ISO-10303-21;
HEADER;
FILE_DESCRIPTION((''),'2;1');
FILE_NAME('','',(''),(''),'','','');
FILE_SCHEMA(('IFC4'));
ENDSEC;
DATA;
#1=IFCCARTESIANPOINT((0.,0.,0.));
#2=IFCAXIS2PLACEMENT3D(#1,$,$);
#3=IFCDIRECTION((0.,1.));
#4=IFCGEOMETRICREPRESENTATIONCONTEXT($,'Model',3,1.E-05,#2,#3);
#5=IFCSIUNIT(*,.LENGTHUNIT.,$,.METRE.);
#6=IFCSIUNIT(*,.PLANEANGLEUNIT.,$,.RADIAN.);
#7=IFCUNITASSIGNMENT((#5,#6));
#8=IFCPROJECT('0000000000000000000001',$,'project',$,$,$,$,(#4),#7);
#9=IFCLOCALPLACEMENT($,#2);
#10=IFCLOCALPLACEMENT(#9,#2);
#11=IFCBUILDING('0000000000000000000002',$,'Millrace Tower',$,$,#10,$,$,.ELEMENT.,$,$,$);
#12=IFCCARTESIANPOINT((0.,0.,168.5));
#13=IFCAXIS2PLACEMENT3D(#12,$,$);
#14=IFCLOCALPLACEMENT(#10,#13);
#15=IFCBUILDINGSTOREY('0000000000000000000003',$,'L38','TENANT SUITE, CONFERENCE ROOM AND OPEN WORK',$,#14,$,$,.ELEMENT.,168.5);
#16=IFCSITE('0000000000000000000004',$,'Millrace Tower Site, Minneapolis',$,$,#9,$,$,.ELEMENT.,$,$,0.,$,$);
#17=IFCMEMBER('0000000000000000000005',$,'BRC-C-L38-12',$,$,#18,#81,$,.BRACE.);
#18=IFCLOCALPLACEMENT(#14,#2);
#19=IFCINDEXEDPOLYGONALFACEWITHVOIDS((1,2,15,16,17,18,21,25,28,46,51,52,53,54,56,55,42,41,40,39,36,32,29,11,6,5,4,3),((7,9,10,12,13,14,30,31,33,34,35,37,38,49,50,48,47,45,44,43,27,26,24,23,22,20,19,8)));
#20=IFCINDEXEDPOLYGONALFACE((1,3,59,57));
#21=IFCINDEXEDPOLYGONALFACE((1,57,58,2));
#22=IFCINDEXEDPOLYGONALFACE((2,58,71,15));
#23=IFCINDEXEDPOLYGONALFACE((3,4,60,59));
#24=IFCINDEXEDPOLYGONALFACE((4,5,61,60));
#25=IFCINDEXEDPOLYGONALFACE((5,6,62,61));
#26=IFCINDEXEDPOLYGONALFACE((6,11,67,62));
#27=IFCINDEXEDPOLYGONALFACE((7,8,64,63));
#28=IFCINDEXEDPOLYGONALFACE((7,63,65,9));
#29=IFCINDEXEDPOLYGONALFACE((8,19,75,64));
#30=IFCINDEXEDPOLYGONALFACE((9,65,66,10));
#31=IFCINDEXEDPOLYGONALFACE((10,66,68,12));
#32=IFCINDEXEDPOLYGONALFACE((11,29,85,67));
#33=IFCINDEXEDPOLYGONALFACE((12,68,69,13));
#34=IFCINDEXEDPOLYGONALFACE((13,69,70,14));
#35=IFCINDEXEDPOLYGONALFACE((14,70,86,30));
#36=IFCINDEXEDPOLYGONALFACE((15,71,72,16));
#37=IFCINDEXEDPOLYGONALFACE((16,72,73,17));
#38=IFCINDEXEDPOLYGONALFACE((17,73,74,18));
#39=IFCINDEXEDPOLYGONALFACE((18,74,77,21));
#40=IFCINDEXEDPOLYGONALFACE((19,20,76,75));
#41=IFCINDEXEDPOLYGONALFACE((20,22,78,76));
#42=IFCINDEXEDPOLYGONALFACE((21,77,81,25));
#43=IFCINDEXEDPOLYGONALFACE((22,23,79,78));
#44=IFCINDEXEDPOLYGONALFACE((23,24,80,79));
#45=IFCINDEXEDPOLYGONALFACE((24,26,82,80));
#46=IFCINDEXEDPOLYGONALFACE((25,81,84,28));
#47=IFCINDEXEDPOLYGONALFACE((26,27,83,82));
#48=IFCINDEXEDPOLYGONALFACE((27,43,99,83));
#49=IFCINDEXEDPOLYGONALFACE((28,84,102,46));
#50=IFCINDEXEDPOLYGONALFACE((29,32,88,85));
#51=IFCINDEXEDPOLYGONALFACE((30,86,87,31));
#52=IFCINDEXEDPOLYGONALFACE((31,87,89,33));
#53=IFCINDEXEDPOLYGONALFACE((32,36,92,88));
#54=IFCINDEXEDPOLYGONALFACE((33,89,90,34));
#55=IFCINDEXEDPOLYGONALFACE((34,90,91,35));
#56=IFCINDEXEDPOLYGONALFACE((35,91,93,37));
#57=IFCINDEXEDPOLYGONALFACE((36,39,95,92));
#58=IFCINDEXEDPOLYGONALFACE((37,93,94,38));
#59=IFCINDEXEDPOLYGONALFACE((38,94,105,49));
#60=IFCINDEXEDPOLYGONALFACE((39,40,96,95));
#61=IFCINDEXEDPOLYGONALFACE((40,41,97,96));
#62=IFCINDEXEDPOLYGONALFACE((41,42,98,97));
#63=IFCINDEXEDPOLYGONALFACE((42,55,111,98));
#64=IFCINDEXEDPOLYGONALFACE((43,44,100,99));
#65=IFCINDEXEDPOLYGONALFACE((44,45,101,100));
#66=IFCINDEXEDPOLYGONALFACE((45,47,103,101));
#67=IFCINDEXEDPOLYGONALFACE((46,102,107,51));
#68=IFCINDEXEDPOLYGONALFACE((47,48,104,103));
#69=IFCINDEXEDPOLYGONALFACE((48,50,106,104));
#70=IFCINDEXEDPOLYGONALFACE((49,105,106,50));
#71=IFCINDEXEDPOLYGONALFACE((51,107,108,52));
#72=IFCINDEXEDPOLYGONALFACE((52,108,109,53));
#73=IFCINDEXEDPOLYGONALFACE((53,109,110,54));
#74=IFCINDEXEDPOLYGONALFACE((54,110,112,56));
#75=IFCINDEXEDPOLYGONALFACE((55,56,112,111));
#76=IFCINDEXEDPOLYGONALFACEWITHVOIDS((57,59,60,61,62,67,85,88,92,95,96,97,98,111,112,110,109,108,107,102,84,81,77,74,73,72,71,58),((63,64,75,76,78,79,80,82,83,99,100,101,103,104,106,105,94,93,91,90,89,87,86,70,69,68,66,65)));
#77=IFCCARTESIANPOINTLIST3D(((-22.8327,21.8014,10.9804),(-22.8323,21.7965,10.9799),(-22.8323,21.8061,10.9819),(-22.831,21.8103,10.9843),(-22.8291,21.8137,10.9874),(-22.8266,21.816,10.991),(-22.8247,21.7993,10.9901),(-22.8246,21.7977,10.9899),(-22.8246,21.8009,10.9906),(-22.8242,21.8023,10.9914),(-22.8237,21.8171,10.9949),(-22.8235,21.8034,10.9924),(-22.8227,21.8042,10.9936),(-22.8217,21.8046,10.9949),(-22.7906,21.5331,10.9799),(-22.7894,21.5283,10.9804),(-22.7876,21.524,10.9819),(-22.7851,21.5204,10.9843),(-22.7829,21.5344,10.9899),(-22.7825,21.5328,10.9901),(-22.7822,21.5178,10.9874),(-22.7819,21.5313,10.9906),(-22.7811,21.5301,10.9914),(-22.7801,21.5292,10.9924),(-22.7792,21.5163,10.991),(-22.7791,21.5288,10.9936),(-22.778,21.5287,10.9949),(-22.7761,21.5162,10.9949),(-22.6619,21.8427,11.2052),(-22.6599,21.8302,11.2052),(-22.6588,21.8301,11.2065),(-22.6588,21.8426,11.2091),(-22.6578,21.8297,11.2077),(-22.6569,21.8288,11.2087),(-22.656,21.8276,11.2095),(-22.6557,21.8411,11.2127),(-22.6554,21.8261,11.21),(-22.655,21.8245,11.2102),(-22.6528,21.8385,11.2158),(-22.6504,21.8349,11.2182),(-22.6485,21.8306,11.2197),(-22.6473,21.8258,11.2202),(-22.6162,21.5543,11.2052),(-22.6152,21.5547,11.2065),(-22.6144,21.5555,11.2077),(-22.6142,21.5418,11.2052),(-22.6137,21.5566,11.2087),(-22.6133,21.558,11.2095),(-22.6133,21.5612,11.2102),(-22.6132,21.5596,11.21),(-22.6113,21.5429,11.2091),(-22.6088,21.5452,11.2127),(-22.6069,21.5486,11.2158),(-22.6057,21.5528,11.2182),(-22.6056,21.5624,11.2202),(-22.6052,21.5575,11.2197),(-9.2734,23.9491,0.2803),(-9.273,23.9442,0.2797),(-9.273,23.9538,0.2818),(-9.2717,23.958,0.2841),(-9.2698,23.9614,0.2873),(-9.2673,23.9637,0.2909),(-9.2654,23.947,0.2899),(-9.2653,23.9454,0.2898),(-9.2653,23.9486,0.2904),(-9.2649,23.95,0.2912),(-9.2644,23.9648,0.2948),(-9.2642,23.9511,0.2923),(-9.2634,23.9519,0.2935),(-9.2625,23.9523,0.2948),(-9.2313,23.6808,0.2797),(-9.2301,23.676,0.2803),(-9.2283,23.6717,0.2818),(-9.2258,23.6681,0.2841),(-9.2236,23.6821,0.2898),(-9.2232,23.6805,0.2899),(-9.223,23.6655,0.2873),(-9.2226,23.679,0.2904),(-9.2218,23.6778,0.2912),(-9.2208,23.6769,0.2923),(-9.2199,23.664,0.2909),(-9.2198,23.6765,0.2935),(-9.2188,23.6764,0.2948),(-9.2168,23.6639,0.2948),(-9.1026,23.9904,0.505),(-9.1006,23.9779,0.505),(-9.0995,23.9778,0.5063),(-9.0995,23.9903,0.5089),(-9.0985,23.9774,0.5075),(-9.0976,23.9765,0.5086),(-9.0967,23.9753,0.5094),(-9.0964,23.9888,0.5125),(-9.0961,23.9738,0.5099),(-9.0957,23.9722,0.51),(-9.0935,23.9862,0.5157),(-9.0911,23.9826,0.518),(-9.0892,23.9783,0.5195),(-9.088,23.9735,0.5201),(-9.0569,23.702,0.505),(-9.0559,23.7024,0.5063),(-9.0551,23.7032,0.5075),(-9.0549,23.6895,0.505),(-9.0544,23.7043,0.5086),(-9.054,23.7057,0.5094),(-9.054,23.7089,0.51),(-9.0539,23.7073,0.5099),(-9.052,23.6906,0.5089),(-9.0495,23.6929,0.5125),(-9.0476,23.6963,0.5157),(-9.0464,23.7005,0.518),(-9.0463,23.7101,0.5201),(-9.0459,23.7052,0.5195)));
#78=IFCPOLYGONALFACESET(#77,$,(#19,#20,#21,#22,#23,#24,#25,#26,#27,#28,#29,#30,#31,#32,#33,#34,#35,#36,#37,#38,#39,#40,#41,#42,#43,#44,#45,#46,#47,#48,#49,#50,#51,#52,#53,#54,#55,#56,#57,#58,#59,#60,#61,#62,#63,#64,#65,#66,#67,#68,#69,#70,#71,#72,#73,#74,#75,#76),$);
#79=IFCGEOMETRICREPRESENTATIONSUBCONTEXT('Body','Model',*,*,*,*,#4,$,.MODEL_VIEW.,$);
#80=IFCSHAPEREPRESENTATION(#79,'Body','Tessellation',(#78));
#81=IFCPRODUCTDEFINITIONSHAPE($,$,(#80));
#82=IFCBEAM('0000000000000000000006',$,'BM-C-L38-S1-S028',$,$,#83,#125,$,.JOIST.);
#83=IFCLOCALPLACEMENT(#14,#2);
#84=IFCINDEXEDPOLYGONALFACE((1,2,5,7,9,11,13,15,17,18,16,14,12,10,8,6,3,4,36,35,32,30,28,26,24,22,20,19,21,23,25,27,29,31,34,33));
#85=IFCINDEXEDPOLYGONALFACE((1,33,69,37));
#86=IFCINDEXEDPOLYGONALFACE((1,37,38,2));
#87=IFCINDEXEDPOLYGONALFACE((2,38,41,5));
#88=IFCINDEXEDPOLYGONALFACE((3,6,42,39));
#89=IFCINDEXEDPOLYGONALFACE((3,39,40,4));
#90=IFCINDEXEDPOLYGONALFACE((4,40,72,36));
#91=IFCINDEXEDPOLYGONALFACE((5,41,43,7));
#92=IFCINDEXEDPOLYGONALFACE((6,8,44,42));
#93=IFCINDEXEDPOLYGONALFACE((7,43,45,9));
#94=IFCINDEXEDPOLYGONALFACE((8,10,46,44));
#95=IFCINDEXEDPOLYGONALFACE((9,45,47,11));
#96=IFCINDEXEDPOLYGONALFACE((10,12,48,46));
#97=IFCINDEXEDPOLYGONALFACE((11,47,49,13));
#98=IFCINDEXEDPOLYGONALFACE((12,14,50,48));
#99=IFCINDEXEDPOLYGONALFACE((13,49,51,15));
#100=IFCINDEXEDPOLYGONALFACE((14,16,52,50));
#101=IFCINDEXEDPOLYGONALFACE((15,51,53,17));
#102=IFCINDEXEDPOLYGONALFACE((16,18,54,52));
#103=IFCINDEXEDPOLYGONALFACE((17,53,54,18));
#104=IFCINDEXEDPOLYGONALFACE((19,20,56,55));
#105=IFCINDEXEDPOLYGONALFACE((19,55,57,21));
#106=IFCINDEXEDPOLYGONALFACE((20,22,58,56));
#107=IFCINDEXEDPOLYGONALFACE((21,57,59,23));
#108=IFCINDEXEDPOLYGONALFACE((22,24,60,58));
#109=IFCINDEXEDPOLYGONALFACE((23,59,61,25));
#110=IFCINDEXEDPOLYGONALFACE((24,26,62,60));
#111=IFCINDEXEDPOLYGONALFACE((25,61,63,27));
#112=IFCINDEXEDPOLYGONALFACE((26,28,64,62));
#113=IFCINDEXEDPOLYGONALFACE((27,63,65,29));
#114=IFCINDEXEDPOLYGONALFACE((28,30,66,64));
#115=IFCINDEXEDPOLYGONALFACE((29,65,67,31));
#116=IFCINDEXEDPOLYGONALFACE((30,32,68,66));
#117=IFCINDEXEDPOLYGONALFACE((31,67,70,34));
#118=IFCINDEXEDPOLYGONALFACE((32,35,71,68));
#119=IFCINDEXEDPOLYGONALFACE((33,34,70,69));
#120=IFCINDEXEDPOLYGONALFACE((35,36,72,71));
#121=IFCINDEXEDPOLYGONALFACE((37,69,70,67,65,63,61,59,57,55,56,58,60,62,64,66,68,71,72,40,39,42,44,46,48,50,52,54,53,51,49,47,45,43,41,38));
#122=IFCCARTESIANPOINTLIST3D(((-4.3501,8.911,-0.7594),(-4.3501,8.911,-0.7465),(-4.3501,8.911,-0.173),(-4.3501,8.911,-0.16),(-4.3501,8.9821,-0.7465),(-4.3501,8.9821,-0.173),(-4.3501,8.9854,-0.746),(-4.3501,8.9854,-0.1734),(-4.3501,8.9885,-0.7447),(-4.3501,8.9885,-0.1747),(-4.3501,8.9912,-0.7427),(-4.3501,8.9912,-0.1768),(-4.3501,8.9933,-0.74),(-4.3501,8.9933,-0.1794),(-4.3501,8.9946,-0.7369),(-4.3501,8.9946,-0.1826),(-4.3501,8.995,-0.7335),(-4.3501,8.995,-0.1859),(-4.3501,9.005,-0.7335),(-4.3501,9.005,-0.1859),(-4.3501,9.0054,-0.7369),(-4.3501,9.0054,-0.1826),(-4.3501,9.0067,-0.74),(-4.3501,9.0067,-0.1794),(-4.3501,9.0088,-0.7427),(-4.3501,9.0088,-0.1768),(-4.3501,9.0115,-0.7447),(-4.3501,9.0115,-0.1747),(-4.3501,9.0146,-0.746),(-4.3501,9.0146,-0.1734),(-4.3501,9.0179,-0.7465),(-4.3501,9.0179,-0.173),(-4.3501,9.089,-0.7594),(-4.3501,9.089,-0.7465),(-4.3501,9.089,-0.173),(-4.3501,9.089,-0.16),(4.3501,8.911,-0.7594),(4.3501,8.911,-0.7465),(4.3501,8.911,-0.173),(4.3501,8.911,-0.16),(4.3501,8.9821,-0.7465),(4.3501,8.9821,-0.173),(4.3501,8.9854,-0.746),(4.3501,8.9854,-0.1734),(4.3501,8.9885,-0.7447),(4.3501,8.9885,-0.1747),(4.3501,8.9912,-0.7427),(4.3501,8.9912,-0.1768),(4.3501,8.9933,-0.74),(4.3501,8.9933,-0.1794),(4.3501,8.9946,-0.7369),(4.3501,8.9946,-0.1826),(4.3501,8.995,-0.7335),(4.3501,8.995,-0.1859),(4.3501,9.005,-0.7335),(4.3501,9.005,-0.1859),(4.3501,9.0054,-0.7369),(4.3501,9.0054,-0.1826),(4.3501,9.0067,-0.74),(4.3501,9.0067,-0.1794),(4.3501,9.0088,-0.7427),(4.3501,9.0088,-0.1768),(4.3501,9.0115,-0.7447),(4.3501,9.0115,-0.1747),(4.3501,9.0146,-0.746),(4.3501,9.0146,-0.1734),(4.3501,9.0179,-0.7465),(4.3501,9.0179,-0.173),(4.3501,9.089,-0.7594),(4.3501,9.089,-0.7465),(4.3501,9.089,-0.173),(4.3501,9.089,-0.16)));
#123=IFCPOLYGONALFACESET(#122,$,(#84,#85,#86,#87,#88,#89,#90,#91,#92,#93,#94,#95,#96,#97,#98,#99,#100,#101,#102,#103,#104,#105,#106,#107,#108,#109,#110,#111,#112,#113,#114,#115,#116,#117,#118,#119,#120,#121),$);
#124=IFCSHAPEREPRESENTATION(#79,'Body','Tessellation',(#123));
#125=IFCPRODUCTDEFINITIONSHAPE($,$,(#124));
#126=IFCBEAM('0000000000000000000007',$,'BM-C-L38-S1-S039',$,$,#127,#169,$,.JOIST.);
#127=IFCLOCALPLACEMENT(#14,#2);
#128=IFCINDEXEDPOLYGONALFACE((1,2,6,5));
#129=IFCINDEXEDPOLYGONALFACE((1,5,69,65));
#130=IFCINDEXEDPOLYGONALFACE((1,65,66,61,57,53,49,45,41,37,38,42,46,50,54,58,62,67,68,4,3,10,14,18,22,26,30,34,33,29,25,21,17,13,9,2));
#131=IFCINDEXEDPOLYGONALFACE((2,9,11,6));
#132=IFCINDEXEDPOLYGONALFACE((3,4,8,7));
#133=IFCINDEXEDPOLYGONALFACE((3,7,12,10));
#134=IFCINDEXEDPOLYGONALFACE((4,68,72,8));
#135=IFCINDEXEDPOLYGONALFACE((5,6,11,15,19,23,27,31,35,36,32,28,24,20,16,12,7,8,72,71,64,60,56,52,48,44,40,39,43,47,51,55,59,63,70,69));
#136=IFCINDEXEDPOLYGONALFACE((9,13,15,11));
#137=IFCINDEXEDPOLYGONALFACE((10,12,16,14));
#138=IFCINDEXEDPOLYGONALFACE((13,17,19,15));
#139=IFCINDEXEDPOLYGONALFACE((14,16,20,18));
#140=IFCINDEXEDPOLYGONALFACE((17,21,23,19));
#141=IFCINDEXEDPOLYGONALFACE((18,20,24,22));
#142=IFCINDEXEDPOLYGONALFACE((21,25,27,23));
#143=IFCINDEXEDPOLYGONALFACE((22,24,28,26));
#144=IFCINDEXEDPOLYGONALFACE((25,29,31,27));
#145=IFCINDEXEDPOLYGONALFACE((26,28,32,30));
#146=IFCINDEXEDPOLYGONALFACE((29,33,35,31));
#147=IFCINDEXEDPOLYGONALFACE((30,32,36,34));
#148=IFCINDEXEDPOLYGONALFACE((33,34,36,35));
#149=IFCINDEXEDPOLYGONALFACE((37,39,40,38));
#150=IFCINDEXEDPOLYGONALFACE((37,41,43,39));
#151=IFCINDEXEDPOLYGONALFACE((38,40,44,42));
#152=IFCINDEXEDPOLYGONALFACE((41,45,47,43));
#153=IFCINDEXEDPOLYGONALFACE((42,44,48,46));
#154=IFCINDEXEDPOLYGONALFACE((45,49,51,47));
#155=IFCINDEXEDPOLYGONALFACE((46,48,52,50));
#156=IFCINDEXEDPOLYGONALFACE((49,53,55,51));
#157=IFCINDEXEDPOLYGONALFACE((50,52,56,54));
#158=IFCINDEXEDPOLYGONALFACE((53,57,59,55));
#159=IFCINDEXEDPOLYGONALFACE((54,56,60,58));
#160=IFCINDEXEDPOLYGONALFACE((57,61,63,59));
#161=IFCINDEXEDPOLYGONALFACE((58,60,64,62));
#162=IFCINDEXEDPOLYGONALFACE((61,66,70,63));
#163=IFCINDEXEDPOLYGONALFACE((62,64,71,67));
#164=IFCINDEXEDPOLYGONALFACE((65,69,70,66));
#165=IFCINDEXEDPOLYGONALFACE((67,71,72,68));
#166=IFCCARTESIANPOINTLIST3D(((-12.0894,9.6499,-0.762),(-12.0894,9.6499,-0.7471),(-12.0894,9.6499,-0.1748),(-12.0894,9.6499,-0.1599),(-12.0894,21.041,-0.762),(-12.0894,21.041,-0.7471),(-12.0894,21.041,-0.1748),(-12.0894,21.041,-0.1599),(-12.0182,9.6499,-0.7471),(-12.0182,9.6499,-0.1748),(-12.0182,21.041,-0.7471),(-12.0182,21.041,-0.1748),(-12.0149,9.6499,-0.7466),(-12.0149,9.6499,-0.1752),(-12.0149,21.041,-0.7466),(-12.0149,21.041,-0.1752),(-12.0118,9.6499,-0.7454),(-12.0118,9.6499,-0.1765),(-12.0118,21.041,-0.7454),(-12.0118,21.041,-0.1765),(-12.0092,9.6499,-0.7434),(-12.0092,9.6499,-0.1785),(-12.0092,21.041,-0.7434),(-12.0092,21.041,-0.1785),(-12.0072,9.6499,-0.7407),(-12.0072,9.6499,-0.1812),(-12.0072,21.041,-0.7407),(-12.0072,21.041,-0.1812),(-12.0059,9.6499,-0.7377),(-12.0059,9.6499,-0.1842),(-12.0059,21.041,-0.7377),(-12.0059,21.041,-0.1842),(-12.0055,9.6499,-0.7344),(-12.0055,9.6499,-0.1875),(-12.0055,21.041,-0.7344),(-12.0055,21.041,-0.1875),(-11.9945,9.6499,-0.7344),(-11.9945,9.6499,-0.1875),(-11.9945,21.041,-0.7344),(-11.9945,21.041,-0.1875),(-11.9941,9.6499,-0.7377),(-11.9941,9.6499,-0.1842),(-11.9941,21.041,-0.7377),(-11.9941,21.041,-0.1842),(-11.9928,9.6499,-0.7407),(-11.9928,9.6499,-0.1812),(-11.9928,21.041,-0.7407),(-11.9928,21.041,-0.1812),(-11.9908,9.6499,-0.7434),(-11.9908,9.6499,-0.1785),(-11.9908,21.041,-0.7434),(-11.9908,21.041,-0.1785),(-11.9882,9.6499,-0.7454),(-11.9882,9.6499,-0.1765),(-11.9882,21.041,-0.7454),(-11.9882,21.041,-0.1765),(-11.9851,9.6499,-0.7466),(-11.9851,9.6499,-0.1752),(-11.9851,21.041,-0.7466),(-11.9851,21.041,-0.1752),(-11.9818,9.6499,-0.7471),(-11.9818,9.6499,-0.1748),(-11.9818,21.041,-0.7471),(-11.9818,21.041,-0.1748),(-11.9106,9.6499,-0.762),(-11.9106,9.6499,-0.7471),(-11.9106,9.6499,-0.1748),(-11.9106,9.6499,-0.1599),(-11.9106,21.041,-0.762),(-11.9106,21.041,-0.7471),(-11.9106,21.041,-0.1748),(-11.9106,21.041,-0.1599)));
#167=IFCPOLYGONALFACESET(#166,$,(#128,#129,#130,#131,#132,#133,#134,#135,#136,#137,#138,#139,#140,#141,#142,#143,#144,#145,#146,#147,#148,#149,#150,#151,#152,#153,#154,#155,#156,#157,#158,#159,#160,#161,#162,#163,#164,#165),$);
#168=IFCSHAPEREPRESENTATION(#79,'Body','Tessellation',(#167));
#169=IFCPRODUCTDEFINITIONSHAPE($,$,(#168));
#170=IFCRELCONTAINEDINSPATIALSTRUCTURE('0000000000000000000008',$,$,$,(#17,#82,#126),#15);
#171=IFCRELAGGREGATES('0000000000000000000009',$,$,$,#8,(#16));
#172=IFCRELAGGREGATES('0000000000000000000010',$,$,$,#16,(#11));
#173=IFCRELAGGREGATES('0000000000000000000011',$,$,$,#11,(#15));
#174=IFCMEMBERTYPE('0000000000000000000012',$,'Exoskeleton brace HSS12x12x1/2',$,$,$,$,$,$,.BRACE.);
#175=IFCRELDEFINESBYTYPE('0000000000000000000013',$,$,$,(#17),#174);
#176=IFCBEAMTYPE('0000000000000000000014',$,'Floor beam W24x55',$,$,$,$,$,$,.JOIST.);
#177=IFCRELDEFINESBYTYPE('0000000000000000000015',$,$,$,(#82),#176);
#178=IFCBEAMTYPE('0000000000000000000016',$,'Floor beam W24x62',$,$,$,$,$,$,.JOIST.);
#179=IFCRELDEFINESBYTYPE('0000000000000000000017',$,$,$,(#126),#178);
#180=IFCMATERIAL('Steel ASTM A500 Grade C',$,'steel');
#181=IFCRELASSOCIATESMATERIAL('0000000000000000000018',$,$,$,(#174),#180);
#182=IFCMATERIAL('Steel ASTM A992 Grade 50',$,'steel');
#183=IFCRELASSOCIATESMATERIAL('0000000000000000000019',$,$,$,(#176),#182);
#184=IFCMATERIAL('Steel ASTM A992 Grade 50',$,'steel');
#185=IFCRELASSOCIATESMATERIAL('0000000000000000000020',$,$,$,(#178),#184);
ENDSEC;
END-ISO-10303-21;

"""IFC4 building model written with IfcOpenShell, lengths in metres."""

from ifc_helpers import new_model, si_unit, direction, frame, origin, origin_2d, place, context, subcontext, project, spatial, hollow_rectangle, i_section, extrude, material, material_profile, profile_set, type_object, element, save


model = new_model("IFC4")

# Units and contexts
model_context = context("Model", 3, precision=1e-05, world=origin(), true_north=direction((0.0, 1.0)))
body_context = subcontext(model_context, "Body", "Model", "MODEL_VIEW")
ifc_project = project(units=[si_unit("LENGTHUNIT", "METRE"), si_unit("PLANEANGLEUNIT", "RADIAN")], contexts=[model_context])

# Site, building, storey
site_placement = place(None, origin())
site = spatial("IfcSite", under=ifc_project, at=site_placement, Name="Millrace Tower Site, Minneapolis", CompositionType="ELEMENT", RefElevation=0.0)
building_placement = place(site_placement, origin())
building = spatial("IfcBuilding", under=site, at=building_placement, Name="Millrace Tower", CompositionType="ELEMENT")
storey_placement = place(building_placement, frame((0.0, 0.0, 168.5)))
storey = spatial("IfcBuildingStorey", under=building, at=storey_placement, Name="L38", Description="TENANT SUITE, CONFERENCE ROOM AND OPEN WORK", CompositionType="ELEMENT", Elevation=168.5)

# Member
ifc_material_1 = material(Name="Steel ASTM A500 Grade C", Category="steel")
ifc_material_profile_1 = material_profile(ifc_material_1, hollow_rectangle(XDim=0.3047, YDim=0.3047, WallThickness=0.0127, InnerFilletRadius=0.0063, OuterFilletRadius=0.019, at=origin_2d()))
ifc_profile_set_1 = profile_set([ifc_material_profile_1], Name="Steel ASTM A500 Grade C")
member_type_1 = type_object("IfcMemberType", Name="Exoskeleton brace HSS12x12x1/2", PredefinedType="BRACE", material=ifc_profile_set_1)
member_1_placement = place(storey_placement, frame((-9.1597, 23.8271, 0.3999), z_axis=(-0.779012, -0.12339, 0.614749), x_axis=(0.156443, -0.987687, 0.0)))
element("IfcMember", 1, at=member_1_placement, inside=storey, type_object=member_type_1, Name="BRC-C-L38-12", PredefinedType="BRACE", context=body_context, shape_type="SweptSolid", body=[
    extrude(hollow_rectangle(XDim=0.3047, YDim=0.3047, WallThickness=0.0127, InnerFilletRadius=0.0063, OuterFilletRadius=0.019, at=origin_2d()), origin(), (0.0, 0.0, 1.0), 17.4058),
])

# Beams
ifc_material_2 = material(Name="Steel ASTM A992 Grade 50", Category="steel")
ifc_material_profile_2 = material_profile(ifc_material_2, i_section(OverallWidth=0.178, OverallDepth=0.5994, WebThickness=0.01, FlangeThickness=0.0129, FilletRadius=0.0129, at=origin_2d()))
ifc_profile_set_2 = profile_set([ifc_material_profile_2], Name="Steel ASTM A992 Grade 50")
beam_type_1 = type_object("IfcBeamType", Name="Floor beam W24x55", PredefinedType="JOIST", material=ifc_profile_set_2)
beam_1_placement = place(storey_placement, frame((-4.3501, 9.0, -0.4597), z_axis=(1.0, 0.0, 0.0), x_axis=(0.0, 1.0, 0.0)))
element("IfcBeam", 2, at=beam_1_placement, inside=storey, type_object=beam_type_1, Name="BM-C-L38-S1-S028", PredefinedType="JOIST", context=body_context, shape_type="SweptSolid", body=[
    extrude(i_section(OverallWidth=0.178, OverallDepth=0.5994, WebThickness=0.01, FlangeThickness=0.0129, FilletRadius=0.0129, at=origin_2d()), origin(), (0.0, 0.0, 1.0), 8.7002),
])
ifc_material_3 = material(Name="Steel ASTM A992 Grade 50", Category="steel")
ifc_material_profile_3 = material_profile(ifc_material_3, i_section(OverallWidth=0.1787, OverallDepth=0.6021, WebThickness=0.011, FlangeThickness=0.0149, FilletRadius=0.0127, at=origin_2d()))
ifc_profile_set_3 = profile_set([ifc_material_profile_3], Name="Steel ASTM A992 Grade 50")
beam_type_2 = type_object("IfcBeamType", Name="Floor beam W24x62", PredefinedType="JOIST", material=ifc_profile_set_3)
beam_2_placement = place(storey_placement, frame((-12.0, 9.6499, -0.4609), z_axis=(0.0, 1.0, 0.0), x_axis=(-1.0, 0.0, 0.0)))
element("IfcBeam", 3, at=beam_2_placement, inside=storey, type_object=beam_type_2, Name="BM-C-L38-S1-S039", PredefinedType="JOIST", context=body_context, shape_type="SweptSolid", body=[
    extrude(i_section(OverallWidth=0.1787, OverallDepth=0.6021, WebThickness=0.011, FlangeThickness=0.0149, FilletRadius=0.0127, at=origin_2d()), origin(), (0.0, 0.0, 1.0), 11.3911),
])

save(model, "model.ifc")
